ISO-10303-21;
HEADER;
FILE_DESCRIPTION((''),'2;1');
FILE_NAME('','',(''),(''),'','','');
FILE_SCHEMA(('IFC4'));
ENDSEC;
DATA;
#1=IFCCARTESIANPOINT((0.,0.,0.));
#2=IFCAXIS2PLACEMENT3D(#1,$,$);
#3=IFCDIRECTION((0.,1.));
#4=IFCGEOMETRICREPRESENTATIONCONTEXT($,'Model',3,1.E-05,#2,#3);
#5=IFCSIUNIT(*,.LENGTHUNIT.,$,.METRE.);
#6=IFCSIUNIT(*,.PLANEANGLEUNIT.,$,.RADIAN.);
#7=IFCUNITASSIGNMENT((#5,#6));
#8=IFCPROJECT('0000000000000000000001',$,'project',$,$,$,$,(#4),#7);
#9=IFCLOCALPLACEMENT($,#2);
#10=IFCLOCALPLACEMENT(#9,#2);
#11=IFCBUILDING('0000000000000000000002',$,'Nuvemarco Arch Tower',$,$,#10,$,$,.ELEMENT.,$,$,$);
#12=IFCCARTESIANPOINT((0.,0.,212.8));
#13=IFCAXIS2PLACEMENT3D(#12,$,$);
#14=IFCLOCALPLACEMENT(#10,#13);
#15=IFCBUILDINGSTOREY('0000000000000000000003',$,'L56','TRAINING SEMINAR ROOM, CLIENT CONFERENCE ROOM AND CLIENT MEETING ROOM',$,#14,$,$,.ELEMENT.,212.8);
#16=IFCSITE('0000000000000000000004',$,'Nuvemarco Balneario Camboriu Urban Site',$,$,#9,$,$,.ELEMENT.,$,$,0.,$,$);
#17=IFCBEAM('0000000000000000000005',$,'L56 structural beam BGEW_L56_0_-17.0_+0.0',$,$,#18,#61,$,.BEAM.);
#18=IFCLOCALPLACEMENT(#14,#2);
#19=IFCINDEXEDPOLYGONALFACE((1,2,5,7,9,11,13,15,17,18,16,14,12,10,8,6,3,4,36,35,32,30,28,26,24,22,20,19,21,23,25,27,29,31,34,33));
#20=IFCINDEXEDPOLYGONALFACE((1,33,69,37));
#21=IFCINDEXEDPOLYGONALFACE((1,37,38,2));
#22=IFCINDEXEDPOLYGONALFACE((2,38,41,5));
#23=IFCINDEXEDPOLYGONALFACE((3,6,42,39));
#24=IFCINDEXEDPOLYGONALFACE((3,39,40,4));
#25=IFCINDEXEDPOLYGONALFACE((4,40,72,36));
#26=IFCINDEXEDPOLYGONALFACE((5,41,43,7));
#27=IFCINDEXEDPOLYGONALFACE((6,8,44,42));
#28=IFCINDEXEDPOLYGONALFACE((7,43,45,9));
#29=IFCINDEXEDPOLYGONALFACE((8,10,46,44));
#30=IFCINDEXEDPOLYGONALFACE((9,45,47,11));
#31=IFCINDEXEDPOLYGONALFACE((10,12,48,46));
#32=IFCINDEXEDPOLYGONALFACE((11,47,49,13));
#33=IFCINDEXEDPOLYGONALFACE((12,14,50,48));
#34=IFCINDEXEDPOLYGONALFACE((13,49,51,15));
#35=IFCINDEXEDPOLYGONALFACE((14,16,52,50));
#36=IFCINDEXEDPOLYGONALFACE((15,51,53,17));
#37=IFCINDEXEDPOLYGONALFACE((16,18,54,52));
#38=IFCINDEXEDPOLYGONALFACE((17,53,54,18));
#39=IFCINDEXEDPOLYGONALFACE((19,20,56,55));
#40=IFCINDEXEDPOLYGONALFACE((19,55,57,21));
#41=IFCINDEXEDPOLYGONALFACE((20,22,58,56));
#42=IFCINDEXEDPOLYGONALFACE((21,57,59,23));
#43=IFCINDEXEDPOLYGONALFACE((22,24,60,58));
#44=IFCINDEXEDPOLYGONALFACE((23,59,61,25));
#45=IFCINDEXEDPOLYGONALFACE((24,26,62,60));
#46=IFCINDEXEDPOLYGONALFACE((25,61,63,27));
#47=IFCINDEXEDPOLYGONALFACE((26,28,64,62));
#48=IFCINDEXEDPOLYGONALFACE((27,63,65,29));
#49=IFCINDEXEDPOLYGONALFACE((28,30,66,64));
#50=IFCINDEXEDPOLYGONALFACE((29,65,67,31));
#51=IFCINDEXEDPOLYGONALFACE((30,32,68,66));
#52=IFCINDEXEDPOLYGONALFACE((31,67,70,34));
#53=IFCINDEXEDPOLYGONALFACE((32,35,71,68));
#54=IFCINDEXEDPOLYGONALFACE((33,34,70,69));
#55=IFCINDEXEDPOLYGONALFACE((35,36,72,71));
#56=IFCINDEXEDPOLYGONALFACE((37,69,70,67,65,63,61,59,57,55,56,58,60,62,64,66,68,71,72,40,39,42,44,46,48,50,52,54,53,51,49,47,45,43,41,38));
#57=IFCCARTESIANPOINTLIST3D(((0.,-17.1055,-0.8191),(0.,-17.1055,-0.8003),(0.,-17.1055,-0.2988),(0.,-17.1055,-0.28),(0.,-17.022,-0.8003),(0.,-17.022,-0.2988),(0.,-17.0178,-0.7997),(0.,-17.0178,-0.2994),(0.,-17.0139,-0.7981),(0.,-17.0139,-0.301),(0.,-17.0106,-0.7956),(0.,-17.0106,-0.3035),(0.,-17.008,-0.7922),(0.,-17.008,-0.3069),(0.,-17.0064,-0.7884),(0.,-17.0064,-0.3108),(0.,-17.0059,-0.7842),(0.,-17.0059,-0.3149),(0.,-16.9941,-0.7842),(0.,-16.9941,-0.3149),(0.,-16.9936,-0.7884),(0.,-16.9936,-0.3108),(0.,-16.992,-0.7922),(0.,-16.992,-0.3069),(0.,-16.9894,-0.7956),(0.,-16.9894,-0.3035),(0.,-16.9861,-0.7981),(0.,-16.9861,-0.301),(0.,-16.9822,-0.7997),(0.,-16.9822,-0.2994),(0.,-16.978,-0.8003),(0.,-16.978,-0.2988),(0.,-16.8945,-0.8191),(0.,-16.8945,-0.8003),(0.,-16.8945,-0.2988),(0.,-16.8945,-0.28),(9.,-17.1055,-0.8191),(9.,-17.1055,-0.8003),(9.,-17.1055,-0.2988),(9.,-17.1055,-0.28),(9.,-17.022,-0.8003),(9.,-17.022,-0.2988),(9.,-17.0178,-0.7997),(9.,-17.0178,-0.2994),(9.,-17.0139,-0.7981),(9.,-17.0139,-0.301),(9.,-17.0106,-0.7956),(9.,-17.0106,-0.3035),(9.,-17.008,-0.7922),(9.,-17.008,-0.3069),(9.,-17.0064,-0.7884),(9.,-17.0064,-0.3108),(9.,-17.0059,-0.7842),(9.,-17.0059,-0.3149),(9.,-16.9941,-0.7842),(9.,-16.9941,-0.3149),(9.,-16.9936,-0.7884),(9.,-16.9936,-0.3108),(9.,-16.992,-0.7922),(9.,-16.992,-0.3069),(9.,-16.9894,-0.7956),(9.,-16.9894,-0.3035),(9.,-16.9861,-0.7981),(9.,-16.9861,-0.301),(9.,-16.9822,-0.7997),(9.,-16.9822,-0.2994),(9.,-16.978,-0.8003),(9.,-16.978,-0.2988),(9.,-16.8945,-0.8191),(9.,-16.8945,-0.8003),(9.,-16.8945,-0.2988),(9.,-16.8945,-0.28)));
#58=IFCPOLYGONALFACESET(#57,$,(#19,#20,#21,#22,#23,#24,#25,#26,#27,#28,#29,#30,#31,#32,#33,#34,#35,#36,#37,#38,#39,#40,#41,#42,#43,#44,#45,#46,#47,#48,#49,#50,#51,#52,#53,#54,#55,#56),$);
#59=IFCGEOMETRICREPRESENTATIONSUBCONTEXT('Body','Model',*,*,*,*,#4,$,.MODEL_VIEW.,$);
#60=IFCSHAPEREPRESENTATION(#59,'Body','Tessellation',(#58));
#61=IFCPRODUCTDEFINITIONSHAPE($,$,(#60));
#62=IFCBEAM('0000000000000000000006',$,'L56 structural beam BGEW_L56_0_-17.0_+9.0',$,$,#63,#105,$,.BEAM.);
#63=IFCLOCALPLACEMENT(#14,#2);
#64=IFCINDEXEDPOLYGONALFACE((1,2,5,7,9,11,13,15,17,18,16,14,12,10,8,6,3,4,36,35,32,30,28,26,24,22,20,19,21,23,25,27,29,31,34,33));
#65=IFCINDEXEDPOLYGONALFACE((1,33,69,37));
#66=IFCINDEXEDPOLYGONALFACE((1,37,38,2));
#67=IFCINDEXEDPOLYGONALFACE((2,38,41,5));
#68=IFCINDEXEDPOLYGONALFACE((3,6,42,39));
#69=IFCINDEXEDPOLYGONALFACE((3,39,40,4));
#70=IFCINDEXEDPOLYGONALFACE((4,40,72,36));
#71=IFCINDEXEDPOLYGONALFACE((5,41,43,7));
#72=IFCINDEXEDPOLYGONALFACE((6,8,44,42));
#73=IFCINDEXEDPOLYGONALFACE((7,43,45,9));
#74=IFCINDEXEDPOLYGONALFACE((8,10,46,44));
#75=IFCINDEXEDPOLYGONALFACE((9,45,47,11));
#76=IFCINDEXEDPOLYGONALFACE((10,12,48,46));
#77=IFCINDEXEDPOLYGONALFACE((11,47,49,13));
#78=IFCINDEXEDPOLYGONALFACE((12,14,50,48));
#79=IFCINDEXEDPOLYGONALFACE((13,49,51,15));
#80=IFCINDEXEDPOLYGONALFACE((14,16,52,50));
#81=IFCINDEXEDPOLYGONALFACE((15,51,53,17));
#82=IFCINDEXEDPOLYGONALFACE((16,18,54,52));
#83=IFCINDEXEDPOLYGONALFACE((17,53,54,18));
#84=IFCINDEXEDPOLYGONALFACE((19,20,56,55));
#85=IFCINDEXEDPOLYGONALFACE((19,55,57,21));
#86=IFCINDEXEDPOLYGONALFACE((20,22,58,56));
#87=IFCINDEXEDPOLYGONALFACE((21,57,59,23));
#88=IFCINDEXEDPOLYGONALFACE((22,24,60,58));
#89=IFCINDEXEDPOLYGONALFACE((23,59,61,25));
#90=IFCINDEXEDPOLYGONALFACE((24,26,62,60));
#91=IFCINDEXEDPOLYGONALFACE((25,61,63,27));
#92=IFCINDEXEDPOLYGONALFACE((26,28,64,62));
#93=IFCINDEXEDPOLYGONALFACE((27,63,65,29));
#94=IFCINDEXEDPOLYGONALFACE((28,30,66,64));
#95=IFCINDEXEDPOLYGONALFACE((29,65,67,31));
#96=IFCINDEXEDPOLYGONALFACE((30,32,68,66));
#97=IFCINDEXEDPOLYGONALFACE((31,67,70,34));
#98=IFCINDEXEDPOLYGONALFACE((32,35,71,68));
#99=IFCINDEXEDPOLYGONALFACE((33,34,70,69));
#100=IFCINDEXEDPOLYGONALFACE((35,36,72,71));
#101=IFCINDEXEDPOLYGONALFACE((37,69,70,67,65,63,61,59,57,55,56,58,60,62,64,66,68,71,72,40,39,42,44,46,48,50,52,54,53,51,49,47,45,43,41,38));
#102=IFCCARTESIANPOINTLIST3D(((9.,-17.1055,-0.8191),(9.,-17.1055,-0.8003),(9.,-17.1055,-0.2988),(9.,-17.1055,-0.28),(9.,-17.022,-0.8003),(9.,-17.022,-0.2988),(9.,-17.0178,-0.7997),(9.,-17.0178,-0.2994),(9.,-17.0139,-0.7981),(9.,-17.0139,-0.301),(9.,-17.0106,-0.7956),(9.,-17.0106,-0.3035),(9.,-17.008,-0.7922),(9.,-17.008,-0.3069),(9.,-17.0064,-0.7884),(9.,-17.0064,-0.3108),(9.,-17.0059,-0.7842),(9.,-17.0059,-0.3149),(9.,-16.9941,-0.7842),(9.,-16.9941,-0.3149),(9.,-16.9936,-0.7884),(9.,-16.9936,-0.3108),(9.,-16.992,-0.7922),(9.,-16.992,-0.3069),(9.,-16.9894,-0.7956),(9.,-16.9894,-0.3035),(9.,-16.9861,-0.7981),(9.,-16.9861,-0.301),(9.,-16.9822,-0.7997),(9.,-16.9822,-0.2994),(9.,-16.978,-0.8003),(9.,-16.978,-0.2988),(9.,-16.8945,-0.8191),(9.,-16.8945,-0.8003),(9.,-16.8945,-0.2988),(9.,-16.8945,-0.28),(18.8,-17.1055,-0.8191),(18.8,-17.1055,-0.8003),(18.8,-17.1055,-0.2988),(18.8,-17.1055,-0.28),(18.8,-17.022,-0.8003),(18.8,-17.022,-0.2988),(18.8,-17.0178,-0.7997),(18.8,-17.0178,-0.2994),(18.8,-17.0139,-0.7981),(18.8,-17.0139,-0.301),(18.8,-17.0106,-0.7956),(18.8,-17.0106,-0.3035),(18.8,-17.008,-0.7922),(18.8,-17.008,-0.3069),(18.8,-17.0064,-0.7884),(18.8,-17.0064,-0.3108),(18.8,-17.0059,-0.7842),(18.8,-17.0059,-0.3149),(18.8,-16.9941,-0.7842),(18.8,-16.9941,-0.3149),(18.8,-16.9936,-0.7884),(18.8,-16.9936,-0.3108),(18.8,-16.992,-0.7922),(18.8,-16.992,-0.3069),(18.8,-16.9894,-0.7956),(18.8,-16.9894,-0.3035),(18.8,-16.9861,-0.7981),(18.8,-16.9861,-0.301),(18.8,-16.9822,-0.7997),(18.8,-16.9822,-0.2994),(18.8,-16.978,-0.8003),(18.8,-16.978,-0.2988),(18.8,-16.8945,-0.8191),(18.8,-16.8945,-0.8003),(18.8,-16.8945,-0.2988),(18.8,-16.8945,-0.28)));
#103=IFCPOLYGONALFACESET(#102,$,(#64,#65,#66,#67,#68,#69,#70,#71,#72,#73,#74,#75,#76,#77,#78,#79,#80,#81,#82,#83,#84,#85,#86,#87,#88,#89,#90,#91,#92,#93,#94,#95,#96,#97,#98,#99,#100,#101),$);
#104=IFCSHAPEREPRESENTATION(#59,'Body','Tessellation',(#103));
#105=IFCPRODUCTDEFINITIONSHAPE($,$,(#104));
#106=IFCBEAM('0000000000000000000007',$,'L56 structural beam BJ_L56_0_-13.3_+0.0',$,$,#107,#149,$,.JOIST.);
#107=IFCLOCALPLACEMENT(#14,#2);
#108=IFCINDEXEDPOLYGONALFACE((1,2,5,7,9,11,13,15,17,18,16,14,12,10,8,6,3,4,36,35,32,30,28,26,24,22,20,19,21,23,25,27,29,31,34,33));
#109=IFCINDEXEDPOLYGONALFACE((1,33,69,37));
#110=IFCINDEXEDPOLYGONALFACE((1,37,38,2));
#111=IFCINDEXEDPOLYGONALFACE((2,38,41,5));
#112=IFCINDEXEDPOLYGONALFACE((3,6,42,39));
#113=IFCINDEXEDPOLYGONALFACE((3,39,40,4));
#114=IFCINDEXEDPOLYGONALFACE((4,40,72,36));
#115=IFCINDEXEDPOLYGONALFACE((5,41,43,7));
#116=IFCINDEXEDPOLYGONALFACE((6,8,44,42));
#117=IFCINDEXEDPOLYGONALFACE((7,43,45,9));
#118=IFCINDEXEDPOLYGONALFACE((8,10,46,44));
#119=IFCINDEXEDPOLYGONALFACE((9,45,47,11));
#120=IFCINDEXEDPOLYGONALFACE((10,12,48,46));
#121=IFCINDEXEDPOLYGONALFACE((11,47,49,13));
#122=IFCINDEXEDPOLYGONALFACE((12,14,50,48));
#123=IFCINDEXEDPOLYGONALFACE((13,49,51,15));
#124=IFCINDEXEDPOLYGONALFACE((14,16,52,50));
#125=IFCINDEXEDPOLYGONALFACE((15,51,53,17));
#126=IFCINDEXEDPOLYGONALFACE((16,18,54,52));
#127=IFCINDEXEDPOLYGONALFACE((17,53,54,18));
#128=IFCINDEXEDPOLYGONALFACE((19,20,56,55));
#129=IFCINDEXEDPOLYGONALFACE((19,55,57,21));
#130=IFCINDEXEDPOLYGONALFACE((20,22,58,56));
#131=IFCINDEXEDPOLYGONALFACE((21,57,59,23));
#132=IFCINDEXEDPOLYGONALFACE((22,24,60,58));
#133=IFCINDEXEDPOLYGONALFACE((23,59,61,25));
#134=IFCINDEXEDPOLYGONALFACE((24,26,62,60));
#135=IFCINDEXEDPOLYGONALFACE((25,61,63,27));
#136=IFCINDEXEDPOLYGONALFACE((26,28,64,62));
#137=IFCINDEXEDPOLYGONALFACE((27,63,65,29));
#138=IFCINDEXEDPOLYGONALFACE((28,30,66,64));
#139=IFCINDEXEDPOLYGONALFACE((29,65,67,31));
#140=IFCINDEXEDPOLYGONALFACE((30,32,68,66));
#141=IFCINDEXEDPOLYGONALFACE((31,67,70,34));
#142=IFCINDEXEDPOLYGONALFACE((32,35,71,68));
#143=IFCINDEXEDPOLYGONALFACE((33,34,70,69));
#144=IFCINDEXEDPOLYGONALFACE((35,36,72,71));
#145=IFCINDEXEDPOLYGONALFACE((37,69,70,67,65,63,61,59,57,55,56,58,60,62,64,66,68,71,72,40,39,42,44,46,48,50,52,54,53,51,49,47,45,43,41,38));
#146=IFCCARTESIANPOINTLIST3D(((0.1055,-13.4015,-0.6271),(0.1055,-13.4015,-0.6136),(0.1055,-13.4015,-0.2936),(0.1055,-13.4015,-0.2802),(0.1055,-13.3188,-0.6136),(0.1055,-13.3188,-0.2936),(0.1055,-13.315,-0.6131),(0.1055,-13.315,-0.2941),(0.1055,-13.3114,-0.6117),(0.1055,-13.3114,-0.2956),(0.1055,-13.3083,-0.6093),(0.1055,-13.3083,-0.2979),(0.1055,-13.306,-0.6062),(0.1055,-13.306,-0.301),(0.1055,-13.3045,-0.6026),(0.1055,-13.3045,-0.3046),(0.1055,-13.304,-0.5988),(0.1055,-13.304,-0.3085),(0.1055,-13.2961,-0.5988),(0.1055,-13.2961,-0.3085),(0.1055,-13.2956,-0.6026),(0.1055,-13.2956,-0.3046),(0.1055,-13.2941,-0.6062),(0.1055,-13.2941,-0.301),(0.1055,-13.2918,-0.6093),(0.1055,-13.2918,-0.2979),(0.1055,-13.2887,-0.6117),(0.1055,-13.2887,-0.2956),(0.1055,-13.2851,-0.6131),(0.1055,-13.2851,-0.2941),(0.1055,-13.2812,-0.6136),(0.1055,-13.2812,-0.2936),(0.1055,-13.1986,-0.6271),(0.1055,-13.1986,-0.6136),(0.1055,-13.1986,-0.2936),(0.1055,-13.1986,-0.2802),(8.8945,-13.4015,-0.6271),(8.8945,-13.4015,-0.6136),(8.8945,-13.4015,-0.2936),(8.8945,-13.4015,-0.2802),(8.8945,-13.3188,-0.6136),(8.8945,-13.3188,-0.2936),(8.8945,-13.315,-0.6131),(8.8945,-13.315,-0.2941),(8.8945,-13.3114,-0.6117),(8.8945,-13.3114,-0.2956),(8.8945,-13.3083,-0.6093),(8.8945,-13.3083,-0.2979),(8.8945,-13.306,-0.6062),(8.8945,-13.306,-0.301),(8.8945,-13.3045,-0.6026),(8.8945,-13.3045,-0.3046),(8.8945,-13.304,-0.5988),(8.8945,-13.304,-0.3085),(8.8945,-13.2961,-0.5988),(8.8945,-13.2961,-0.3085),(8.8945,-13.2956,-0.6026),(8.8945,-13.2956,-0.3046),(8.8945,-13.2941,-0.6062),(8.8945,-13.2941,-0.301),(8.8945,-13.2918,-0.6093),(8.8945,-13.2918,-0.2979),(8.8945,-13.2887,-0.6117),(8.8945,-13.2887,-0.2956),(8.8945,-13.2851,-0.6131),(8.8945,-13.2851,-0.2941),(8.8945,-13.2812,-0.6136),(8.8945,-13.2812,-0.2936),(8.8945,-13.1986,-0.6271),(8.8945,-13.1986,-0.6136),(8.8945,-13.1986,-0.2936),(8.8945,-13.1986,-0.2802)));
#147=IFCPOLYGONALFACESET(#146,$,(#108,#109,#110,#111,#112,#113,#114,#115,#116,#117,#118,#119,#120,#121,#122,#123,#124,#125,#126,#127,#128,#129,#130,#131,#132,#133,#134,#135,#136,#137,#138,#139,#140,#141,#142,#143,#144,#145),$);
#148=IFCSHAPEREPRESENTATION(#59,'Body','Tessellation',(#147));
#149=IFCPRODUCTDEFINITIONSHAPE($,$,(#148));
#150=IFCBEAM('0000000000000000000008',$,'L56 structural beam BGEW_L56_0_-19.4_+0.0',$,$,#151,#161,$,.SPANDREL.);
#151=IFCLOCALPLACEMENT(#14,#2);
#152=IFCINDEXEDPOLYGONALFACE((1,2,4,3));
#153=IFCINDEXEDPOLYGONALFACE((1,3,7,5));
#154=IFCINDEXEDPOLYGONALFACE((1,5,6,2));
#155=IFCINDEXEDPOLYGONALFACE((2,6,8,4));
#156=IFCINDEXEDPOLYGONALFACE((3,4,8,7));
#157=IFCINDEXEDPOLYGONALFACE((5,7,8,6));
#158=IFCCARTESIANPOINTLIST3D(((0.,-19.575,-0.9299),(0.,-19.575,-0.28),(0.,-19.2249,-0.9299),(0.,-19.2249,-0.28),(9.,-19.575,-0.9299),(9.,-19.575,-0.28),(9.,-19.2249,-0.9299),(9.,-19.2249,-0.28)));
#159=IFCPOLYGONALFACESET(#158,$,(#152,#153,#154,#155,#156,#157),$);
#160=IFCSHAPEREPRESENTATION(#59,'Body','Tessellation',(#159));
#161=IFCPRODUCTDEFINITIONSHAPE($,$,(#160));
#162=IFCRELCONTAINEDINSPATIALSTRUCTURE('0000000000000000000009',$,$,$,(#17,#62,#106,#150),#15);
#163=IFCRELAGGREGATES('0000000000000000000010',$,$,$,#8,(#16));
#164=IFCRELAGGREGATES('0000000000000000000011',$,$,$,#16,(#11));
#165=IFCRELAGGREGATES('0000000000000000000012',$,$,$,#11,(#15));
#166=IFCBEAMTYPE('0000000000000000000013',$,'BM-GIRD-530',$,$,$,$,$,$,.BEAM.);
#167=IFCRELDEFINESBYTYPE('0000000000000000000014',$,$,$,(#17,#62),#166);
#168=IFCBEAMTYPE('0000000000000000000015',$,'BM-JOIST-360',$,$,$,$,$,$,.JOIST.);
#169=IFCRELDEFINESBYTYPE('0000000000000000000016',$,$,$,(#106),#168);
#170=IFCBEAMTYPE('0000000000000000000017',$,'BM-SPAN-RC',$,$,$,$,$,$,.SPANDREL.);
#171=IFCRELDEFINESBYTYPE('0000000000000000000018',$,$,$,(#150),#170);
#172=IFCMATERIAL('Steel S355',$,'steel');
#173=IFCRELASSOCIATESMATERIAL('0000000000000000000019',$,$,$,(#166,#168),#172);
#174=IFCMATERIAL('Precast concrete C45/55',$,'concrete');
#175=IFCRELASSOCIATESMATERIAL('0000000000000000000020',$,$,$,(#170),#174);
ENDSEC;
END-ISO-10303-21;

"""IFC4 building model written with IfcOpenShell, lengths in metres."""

from ifc_helpers import new_model, si_unit, direction, frame, origin, origin_2d, place, context, subcontext, project, spatial, rectangle, i_section, extrude, material, material_profile, profile_set, type_object, element, save


model = new_model("IFC4")

# Units and contexts
model_context = context("Model", 3, precision=1e-05, world=origin(), true_north=direction((0.0, 1.0)))
body_context = subcontext(model_context, "Body", "Model", "MODEL_VIEW")
ifc_project = project(units=[si_unit("LENGTHUNIT", "METRE"), si_unit("PLANEANGLEUNIT", "RADIAN")], contexts=[model_context])

# Site, building, storey
site_placement = place(None, origin())
site = spatial("IfcSite", under=ifc_project, at=site_placement, Name="Nuvemarco Balneario Camboriu Urban Site", CompositionType="ELEMENT", RefElevation=0.0)
building_placement = place(site_placement, origin())
building = spatial("IfcBuilding", under=site, at=building_placement, Name="Nuvemarco Arch Tower", CompositionType="ELEMENT")
storey_placement = place(building_placement, frame((0.0, 0.0, 212.8)))
storey = spatial("IfcBuildingStorey", under=building, at=storey_placement, Name="L56", Description="TRAINING SEMINAR ROOM, CLIENT CONFERENCE ROOM AND CLIENT MEETING ROOM", CompositionType="ELEMENT", Elevation=212.8)

# Shared definitions
ifc_material_1 = material(Name="Steel S355", Category="steel")

# Beams
ifc_material_profile_1 = material_profile(ifc_material_1, i_section(OverallWidth=0.2109, OverallDepth=0.5391, WebThickness=0.0117, FlangeThickness=0.0188, FilletRadius=0.0161, at=origin_2d()), Name="W530x109")
ifc_profile_set_1 = profile_set([ifc_material_profile_1], Name="Steel S355")
beam_type_1 = type_object("IfcBeamType", Name="BM-GIRD-530", PredefinedType="BEAM", material=ifc_profile_set_1)
beam_1_placement = place(storey_placement, frame((0.0, -17.0, -0.5496), z_axis=(1.0, 0.0, 0.0), x_axis=(0.0, 1.0, 0.0)))
element("IfcBeam", 1, at=beam_1_placement, inside=storey, type_object=beam_type_1, Name="L56 structural beam BGEW_L56_0_-17.0_+0.0", PredefinedType="BEAM", context=body_context, shape_type="SweptSolid", body=[
    extrude(i_section(OverallWidth=0.2109, OverallDepth=0.5391, WebThickness=0.0117, FlangeThickness=0.0188, FilletRadius=0.0161, at=origin_2d()), origin(), (0.0, 0.0, 1.0), 9.0),
])
beam_2_placement = place(storey_placement, frame((9.0, -17.0, -0.5496), z_axis=(1.0, 0.0, 0.0), x_axis=(0.0, 1.0, 0.0)))
element("IfcBeam", 2, at=beam_2_placement, inside=storey, type_object=beam_type_1, Name="L56 structural beam BGEW_L56_0_-17.0_+9.0", PredefinedType="BEAM", context=body_context, shape_type="SweptSolid", body=[
    extrude(i_section(OverallWidth=0.2109, OverallDepth=0.5391, WebThickness=0.0117, FlangeThickness=0.0188, FilletRadius=0.0161, at=origin_2d()), origin(), (0.0, 0.0, 1.0), 9.8),
])
ifc_material_profile_2 = material_profile(ifc_material_1, i_section(OverallWidth=0.2029, OverallDepth=0.3469, WebThickness=0.0078, FlangeThickness=0.0134, FilletRadius=0.0149, at=origin_2d()), Name="W360x64")
ifc_profile_set_2 = profile_set([ifc_material_profile_2], Name="Steel S355")
beam_type_2 = type_object("IfcBeamType", Name="BM-JOIST-360", PredefinedType="JOIST", material=ifc_profile_set_2)
beam_3_placement = place(storey_placement, frame((0.1055, -13.3, -0.4536), z_axis=(1.0, 0.0, 0.0), x_axis=(0.0, 1.0, 0.0)))
element("IfcBeam", 3, at=beam_3_placement, inside=storey, type_object=beam_type_2, Name="L56 structural beam BJ_L56_0_-13.3_+0.0", PredefinedType="JOIST", context=body_context, shape_type="SweptSolid", body=[
    extrude(i_section(OverallWidth=0.2029, OverallDepth=0.3469, WebThickness=0.0078, FlangeThickness=0.0134, FilletRadius=0.0149, at=origin_2d()), origin(), (0.0, 0.0, 1.0), 8.7891),
])
ifc_material_2 = material(Name="Precast concrete C45/55", Category="concrete")
ifc_material_profile_3 = material_profile(ifc_material_2, rectangle(XDim=0.3501, YDim=0.6499, at=origin_2d()), Name="PC-SP-350x650")
ifc_profile_set_3 = profile_set([ifc_material_profile_3], Name="Precast concrete C45/55")
beam_type_3 = type_object("IfcBeamType", Name="BM-SPAN-RC", PredefinedType="SPANDREL", material=ifc_profile_set_3)
beam_4_placement = place(storey_placement, frame((0.0, -19.3999, -0.605), z_axis=(1.0, 0.0, 0.0), x_axis=(0.0, 1.0, 0.0)))
element("IfcBeam", 4, at=beam_4_placement, inside=storey, type_object=beam_type_3, Name="L56 structural beam BGEW_L56_0_-19.4_+0.0", PredefinedType="SPANDREL", context=body_context, shape_type="SweptSolid", body=[
    extrude(rectangle(XDim=0.3501, YDim=0.6499, at=origin_2d()), origin(), (0.0, 0.0, 1.0), 9.0),
])

save(model, "model.ifc")
